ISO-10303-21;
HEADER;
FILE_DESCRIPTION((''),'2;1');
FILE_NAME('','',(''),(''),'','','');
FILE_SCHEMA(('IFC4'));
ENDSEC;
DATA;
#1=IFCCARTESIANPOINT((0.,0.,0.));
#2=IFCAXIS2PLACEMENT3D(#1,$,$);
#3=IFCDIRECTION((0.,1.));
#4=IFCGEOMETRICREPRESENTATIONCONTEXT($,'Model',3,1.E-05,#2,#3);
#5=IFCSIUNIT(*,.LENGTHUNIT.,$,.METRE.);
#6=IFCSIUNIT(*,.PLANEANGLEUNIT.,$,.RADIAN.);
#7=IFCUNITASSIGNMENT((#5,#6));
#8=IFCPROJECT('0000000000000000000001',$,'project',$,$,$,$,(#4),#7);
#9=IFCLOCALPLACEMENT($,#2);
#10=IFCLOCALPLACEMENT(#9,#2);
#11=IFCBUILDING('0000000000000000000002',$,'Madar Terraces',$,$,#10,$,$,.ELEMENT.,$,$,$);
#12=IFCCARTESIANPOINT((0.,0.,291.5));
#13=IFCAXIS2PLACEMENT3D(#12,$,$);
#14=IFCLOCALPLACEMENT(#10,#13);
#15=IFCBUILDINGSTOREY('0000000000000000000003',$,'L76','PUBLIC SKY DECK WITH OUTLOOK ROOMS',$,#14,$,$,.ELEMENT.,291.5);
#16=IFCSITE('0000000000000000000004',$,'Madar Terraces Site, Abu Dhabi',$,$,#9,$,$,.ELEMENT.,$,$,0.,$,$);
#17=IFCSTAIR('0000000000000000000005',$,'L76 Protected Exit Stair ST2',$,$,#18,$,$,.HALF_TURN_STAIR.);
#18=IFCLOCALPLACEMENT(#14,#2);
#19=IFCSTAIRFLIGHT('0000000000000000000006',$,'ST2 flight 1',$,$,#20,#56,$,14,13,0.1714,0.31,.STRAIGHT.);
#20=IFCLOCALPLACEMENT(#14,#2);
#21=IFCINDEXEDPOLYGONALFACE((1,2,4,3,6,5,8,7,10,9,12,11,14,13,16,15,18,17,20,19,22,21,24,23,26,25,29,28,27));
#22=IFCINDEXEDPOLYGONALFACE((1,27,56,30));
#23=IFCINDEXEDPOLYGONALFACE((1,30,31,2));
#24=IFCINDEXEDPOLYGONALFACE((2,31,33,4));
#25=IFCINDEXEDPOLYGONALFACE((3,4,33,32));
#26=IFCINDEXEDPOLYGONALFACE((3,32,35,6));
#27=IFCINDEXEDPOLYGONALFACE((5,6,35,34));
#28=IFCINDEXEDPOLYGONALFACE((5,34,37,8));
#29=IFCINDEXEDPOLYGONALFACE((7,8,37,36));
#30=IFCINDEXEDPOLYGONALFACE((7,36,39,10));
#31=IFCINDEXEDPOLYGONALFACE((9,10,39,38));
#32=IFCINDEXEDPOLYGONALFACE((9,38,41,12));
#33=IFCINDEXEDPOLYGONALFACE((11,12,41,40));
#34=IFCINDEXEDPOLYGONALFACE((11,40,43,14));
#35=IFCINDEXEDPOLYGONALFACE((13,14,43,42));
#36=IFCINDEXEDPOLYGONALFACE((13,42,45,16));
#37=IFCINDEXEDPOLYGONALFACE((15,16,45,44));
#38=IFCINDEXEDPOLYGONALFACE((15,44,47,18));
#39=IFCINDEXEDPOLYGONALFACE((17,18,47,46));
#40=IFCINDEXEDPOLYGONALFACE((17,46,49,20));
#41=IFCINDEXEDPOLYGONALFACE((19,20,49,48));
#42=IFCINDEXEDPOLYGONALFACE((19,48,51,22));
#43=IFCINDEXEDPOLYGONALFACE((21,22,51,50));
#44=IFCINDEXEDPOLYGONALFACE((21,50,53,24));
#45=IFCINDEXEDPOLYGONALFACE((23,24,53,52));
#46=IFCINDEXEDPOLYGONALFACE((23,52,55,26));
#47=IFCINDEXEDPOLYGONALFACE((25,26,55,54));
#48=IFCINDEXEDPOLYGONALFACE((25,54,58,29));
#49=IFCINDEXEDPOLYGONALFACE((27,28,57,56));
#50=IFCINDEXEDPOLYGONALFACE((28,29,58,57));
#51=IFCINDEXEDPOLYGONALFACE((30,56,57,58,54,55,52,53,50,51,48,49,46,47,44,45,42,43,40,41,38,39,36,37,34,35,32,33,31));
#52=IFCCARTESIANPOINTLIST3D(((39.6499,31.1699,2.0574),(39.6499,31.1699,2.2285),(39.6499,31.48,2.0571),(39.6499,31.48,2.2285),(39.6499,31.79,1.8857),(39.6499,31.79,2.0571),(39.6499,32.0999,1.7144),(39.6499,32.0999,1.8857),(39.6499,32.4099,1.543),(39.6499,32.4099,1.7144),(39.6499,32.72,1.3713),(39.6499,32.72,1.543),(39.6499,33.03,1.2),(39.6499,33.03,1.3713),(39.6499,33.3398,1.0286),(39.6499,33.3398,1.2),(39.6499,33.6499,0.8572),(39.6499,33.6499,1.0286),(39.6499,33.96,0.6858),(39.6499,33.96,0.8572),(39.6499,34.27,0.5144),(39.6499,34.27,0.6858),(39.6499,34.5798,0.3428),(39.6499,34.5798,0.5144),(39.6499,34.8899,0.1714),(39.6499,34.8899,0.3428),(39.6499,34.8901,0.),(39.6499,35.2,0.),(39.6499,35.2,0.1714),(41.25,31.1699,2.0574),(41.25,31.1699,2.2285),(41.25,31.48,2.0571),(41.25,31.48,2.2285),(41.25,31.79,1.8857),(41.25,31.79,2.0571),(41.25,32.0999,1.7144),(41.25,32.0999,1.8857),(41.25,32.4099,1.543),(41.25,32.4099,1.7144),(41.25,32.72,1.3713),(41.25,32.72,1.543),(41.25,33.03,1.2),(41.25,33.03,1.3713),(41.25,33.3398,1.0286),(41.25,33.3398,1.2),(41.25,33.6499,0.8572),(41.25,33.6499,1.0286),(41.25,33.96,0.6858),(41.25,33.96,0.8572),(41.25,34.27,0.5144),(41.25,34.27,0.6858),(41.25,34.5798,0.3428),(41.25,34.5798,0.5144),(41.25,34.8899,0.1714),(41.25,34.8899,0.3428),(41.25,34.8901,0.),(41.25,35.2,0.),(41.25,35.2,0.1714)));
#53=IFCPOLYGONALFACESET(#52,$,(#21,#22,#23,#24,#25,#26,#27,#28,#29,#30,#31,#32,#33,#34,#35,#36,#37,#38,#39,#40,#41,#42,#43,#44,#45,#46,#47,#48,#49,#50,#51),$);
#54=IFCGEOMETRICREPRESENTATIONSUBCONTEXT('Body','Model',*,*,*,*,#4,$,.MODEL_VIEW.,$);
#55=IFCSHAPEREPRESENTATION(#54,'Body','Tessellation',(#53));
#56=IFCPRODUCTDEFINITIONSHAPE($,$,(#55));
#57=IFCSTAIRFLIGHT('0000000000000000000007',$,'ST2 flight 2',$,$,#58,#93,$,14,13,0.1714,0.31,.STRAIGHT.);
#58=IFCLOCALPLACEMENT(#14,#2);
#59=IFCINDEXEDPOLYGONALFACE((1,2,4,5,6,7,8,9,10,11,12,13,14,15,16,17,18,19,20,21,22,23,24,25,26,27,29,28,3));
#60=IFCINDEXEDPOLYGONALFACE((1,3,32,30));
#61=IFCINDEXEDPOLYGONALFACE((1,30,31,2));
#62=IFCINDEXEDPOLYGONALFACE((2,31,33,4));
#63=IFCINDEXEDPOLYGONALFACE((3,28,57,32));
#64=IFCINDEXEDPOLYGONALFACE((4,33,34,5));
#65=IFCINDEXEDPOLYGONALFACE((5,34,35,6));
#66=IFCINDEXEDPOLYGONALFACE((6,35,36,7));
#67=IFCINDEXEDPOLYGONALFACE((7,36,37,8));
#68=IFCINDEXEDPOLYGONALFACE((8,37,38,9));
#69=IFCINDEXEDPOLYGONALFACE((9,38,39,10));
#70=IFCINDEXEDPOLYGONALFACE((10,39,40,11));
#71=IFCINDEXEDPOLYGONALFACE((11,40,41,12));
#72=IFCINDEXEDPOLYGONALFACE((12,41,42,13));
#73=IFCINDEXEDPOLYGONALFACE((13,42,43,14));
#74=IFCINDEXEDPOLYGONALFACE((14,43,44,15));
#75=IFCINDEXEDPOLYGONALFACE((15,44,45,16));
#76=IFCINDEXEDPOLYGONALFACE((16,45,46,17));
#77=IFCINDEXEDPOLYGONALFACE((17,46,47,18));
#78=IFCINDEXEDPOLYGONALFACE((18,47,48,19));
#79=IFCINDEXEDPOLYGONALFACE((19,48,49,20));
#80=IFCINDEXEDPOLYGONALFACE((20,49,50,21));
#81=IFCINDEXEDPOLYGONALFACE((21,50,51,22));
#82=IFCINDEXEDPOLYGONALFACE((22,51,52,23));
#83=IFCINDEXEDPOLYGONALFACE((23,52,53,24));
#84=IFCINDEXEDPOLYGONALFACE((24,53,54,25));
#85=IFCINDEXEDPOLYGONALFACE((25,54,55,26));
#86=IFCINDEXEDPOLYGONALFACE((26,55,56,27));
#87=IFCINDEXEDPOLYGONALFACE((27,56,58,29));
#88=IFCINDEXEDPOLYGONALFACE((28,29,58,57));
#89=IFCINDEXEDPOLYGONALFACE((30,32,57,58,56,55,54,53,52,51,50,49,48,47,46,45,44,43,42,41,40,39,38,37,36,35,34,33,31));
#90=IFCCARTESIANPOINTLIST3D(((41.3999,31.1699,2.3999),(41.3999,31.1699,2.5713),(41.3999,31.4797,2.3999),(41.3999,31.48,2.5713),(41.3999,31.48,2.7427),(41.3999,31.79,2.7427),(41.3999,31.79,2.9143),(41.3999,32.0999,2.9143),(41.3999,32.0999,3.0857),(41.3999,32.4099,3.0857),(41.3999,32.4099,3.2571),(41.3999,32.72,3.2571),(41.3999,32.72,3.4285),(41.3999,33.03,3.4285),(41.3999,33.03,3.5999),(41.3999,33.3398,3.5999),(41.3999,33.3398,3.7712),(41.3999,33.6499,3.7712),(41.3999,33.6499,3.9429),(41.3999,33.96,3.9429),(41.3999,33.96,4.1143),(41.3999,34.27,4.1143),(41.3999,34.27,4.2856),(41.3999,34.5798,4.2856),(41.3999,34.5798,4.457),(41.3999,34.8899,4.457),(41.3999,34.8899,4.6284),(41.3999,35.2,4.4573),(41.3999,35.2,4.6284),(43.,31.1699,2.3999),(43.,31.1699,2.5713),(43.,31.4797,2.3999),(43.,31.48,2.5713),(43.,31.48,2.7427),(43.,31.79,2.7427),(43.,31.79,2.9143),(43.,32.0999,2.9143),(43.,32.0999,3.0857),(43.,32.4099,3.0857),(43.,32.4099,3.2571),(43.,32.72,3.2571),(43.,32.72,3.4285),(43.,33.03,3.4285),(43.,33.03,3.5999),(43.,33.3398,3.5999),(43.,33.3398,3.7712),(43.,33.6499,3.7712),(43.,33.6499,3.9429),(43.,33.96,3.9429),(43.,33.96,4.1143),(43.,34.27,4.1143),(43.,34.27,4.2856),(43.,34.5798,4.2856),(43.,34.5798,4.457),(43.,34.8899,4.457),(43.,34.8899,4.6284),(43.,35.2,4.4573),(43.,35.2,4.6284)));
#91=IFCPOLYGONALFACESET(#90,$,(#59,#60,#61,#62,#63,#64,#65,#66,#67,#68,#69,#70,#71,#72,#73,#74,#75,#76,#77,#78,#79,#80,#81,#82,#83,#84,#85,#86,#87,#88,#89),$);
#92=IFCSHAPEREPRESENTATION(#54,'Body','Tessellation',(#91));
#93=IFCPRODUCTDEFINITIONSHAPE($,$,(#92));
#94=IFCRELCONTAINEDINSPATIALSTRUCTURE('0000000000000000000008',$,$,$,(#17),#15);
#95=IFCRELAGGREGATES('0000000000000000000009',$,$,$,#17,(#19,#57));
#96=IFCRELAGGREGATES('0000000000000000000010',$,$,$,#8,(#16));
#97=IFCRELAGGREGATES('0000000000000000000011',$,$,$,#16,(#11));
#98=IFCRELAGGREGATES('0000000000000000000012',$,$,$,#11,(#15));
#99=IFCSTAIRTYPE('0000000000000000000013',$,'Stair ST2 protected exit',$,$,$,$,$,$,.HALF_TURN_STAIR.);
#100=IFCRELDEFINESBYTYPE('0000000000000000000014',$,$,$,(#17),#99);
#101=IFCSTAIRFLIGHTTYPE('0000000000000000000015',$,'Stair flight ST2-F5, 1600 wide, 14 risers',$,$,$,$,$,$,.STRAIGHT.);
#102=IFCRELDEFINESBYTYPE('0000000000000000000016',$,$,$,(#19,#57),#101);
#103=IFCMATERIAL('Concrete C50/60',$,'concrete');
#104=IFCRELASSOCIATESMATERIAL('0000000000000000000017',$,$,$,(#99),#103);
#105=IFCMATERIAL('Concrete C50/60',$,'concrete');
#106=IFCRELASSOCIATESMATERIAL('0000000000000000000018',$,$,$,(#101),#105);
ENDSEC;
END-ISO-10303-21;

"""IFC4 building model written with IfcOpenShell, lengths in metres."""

from ifc_helpers import new_model, si_unit, direction, frame, origin, place, context, subcontext, project, spatial, polyline, outline, extrude, material, type_object, element, aggregate, save


model = new_model("IFC4")

# Units and contexts
model_context = context("Model", 3, precision=1e-05, world=origin(), true_north=direction((0.0, 1.0)))
body_context = subcontext(model_context, "Body", "Model", "MODEL_VIEW")
ifc_project = project(units=[si_unit("LENGTHUNIT", "METRE"), si_unit("PLANEANGLEUNIT", "RADIAN")], contexts=[model_context])

# Site, building, storey
site_placement = place(None, origin())
site = spatial("IfcSite", under=ifc_project, at=site_placement, Name="Madar Terraces Site, Abu Dhabi", CompositionType="ELEMENT", RefElevation=0.0)
building_placement = place(site_placement, origin())
building = spatial("IfcBuilding", under=site, at=building_placement, Name="Madar Terraces", CompositionType="ELEMENT")
storey_placement = place(building_placement, frame((0.0, 0.0, 291.5)))
storey = spatial("IfcBuildingStorey", under=building, at=storey_placement, Name="L76", Description="PUBLIC SKY DECK WITH OUTLOOK ROOMS", CompositionType="ELEMENT", Elevation=291.5)

# Stair, stair flights
ifc_material_1 = material(Name="Concrete C50/60", Category="concrete")
stair_type = type_object("IfcStairType", Name="Stair ST2 protected exit", PredefinedType="HALF_TURN_STAIR", material=ifc_material_1)
stair_placement = place(storey_placement, origin())
stair = element("IfcStair", 1, at=stair_placement, inside=storey, type_object=stair_type, Name="L76 Protected Exit Stair ST2", PredefinedType="HALF_TURN_STAIR")
ifc_material_2 = material(Name="Concrete C50/60", Category="concrete")
stair_flight_type = type_object("IfcStairFlightType", Name="Stair flight ST2-F5, 1600 wide, 14 risers", PredefinedType="STRAIGHT", material=ifc_material_2)
stair_flight_1_placement = place(storey_placement, frame((40.45, 35.2, 0.0), z_axis=(0.0, 0.0, 1.0), x_axis=(0.0, -1.0, 0.0)))
stair_flight_1 = element("IfcStairFlight", 2, at=stair_flight_1_placement, type_object=stair_flight_type, Name="ST2 flight 1", NumberOfRisers=14, NumberOfTreads=13, PredefinedType="STRAIGHT", RiserHeight=0.1714, TreadLength=0.31, context=body_context, shape_type="SweptSolid", body=[
    extrude(outline(polyline([(0.0, 0.0), (0.0, 0.1714), (0.3101, 0.1714), (0.3101, 0.3428), (0.6201, 0.3428), (0.6201, 0.5144), (0.9299, 0.5144), (0.9299, 0.6858), (1.24, 0.6858), (1.24, 0.8572), (1.55, 0.8572), (1.55, 1.0286), (1.8601, 1.0286), (1.8601, 1.2), (2.1699, 1.2), (2.1699, 1.3713), (2.48, 1.3713), (2.48, 1.543), (2.79, 1.543), (2.79, 1.7144), (3.1001, 1.7144), (3.1001, 1.8857), (3.4099, 1.8857), (3.4099, 2.0571), (3.72, 2.0571), (3.72, 2.2285), (4.03, 2.2285), (4.03, 2.3999), (4.03, 2.0574), (0.3098, 0.0), (0.0, 0.0)])), frame((0.0, 0.8, 0.0), z_axis=(0.0, -1.0, 0.0), x_axis=(1.0, 0.0, 0.0)), (0.0, 0.0, 1.0), 1.6001),
])
stair_flight_2_placement = place(storey_placement, frame((42.2, 31.1699, 2.3999), z_axis=(0.0, 0.0, 1.0), x_axis=(0.0, 1.0, 0.0)))
stair_flight_2 = element("IfcStairFlight", 3, at=stair_flight_2_placement, type_object=stair_flight_type, Name="ST2 flight 2", NumberOfRisers=14, NumberOfTreads=13, PredefinedType="STRAIGHT", RiserHeight=0.1714, TreadLength=0.31, context=body_context, shape_type="SweptSolid", body=[
    extrude(outline(polyline([(0.0, 0.0), (0.0, 0.1714), (0.3101, 0.1714), (0.3101, 0.3428), (0.6201, 0.3428), (0.6201, 0.5144), (0.9299, 0.5144), (0.9299, 0.6858), (1.24, 0.6858), (1.24, 0.8572), (1.55, 0.8572), (1.55, 1.0286), (1.8601, 1.0286), (1.8601, 1.2), (2.1699, 1.2), (2.1699, 1.3713), (2.48, 1.3713), (2.48, 1.543), (2.79, 1.543), (2.79, 1.7144), (3.1001, 1.7144), (3.1001, 1.8857), (3.4099, 1.8857), (3.4099, 2.0571), (3.72, 2.0571), (3.72, 2.2285), (4.03, 2.2285), (4.03, 2.3999), (4.03, 2.0574), (0.3098, 0.0), (0.0, 0.0)])), frame((0.0, 0.8, 0.0), z_axis=(0.0, -1.0, 0.0), x_axis=(1.0, 0.0, 0.0)), (0.0, 0.0, 1.0), 1.6001),
])
aggregate(stair, [stair_flight_1, stair_flight_2])

save(model, "model.ifc")
